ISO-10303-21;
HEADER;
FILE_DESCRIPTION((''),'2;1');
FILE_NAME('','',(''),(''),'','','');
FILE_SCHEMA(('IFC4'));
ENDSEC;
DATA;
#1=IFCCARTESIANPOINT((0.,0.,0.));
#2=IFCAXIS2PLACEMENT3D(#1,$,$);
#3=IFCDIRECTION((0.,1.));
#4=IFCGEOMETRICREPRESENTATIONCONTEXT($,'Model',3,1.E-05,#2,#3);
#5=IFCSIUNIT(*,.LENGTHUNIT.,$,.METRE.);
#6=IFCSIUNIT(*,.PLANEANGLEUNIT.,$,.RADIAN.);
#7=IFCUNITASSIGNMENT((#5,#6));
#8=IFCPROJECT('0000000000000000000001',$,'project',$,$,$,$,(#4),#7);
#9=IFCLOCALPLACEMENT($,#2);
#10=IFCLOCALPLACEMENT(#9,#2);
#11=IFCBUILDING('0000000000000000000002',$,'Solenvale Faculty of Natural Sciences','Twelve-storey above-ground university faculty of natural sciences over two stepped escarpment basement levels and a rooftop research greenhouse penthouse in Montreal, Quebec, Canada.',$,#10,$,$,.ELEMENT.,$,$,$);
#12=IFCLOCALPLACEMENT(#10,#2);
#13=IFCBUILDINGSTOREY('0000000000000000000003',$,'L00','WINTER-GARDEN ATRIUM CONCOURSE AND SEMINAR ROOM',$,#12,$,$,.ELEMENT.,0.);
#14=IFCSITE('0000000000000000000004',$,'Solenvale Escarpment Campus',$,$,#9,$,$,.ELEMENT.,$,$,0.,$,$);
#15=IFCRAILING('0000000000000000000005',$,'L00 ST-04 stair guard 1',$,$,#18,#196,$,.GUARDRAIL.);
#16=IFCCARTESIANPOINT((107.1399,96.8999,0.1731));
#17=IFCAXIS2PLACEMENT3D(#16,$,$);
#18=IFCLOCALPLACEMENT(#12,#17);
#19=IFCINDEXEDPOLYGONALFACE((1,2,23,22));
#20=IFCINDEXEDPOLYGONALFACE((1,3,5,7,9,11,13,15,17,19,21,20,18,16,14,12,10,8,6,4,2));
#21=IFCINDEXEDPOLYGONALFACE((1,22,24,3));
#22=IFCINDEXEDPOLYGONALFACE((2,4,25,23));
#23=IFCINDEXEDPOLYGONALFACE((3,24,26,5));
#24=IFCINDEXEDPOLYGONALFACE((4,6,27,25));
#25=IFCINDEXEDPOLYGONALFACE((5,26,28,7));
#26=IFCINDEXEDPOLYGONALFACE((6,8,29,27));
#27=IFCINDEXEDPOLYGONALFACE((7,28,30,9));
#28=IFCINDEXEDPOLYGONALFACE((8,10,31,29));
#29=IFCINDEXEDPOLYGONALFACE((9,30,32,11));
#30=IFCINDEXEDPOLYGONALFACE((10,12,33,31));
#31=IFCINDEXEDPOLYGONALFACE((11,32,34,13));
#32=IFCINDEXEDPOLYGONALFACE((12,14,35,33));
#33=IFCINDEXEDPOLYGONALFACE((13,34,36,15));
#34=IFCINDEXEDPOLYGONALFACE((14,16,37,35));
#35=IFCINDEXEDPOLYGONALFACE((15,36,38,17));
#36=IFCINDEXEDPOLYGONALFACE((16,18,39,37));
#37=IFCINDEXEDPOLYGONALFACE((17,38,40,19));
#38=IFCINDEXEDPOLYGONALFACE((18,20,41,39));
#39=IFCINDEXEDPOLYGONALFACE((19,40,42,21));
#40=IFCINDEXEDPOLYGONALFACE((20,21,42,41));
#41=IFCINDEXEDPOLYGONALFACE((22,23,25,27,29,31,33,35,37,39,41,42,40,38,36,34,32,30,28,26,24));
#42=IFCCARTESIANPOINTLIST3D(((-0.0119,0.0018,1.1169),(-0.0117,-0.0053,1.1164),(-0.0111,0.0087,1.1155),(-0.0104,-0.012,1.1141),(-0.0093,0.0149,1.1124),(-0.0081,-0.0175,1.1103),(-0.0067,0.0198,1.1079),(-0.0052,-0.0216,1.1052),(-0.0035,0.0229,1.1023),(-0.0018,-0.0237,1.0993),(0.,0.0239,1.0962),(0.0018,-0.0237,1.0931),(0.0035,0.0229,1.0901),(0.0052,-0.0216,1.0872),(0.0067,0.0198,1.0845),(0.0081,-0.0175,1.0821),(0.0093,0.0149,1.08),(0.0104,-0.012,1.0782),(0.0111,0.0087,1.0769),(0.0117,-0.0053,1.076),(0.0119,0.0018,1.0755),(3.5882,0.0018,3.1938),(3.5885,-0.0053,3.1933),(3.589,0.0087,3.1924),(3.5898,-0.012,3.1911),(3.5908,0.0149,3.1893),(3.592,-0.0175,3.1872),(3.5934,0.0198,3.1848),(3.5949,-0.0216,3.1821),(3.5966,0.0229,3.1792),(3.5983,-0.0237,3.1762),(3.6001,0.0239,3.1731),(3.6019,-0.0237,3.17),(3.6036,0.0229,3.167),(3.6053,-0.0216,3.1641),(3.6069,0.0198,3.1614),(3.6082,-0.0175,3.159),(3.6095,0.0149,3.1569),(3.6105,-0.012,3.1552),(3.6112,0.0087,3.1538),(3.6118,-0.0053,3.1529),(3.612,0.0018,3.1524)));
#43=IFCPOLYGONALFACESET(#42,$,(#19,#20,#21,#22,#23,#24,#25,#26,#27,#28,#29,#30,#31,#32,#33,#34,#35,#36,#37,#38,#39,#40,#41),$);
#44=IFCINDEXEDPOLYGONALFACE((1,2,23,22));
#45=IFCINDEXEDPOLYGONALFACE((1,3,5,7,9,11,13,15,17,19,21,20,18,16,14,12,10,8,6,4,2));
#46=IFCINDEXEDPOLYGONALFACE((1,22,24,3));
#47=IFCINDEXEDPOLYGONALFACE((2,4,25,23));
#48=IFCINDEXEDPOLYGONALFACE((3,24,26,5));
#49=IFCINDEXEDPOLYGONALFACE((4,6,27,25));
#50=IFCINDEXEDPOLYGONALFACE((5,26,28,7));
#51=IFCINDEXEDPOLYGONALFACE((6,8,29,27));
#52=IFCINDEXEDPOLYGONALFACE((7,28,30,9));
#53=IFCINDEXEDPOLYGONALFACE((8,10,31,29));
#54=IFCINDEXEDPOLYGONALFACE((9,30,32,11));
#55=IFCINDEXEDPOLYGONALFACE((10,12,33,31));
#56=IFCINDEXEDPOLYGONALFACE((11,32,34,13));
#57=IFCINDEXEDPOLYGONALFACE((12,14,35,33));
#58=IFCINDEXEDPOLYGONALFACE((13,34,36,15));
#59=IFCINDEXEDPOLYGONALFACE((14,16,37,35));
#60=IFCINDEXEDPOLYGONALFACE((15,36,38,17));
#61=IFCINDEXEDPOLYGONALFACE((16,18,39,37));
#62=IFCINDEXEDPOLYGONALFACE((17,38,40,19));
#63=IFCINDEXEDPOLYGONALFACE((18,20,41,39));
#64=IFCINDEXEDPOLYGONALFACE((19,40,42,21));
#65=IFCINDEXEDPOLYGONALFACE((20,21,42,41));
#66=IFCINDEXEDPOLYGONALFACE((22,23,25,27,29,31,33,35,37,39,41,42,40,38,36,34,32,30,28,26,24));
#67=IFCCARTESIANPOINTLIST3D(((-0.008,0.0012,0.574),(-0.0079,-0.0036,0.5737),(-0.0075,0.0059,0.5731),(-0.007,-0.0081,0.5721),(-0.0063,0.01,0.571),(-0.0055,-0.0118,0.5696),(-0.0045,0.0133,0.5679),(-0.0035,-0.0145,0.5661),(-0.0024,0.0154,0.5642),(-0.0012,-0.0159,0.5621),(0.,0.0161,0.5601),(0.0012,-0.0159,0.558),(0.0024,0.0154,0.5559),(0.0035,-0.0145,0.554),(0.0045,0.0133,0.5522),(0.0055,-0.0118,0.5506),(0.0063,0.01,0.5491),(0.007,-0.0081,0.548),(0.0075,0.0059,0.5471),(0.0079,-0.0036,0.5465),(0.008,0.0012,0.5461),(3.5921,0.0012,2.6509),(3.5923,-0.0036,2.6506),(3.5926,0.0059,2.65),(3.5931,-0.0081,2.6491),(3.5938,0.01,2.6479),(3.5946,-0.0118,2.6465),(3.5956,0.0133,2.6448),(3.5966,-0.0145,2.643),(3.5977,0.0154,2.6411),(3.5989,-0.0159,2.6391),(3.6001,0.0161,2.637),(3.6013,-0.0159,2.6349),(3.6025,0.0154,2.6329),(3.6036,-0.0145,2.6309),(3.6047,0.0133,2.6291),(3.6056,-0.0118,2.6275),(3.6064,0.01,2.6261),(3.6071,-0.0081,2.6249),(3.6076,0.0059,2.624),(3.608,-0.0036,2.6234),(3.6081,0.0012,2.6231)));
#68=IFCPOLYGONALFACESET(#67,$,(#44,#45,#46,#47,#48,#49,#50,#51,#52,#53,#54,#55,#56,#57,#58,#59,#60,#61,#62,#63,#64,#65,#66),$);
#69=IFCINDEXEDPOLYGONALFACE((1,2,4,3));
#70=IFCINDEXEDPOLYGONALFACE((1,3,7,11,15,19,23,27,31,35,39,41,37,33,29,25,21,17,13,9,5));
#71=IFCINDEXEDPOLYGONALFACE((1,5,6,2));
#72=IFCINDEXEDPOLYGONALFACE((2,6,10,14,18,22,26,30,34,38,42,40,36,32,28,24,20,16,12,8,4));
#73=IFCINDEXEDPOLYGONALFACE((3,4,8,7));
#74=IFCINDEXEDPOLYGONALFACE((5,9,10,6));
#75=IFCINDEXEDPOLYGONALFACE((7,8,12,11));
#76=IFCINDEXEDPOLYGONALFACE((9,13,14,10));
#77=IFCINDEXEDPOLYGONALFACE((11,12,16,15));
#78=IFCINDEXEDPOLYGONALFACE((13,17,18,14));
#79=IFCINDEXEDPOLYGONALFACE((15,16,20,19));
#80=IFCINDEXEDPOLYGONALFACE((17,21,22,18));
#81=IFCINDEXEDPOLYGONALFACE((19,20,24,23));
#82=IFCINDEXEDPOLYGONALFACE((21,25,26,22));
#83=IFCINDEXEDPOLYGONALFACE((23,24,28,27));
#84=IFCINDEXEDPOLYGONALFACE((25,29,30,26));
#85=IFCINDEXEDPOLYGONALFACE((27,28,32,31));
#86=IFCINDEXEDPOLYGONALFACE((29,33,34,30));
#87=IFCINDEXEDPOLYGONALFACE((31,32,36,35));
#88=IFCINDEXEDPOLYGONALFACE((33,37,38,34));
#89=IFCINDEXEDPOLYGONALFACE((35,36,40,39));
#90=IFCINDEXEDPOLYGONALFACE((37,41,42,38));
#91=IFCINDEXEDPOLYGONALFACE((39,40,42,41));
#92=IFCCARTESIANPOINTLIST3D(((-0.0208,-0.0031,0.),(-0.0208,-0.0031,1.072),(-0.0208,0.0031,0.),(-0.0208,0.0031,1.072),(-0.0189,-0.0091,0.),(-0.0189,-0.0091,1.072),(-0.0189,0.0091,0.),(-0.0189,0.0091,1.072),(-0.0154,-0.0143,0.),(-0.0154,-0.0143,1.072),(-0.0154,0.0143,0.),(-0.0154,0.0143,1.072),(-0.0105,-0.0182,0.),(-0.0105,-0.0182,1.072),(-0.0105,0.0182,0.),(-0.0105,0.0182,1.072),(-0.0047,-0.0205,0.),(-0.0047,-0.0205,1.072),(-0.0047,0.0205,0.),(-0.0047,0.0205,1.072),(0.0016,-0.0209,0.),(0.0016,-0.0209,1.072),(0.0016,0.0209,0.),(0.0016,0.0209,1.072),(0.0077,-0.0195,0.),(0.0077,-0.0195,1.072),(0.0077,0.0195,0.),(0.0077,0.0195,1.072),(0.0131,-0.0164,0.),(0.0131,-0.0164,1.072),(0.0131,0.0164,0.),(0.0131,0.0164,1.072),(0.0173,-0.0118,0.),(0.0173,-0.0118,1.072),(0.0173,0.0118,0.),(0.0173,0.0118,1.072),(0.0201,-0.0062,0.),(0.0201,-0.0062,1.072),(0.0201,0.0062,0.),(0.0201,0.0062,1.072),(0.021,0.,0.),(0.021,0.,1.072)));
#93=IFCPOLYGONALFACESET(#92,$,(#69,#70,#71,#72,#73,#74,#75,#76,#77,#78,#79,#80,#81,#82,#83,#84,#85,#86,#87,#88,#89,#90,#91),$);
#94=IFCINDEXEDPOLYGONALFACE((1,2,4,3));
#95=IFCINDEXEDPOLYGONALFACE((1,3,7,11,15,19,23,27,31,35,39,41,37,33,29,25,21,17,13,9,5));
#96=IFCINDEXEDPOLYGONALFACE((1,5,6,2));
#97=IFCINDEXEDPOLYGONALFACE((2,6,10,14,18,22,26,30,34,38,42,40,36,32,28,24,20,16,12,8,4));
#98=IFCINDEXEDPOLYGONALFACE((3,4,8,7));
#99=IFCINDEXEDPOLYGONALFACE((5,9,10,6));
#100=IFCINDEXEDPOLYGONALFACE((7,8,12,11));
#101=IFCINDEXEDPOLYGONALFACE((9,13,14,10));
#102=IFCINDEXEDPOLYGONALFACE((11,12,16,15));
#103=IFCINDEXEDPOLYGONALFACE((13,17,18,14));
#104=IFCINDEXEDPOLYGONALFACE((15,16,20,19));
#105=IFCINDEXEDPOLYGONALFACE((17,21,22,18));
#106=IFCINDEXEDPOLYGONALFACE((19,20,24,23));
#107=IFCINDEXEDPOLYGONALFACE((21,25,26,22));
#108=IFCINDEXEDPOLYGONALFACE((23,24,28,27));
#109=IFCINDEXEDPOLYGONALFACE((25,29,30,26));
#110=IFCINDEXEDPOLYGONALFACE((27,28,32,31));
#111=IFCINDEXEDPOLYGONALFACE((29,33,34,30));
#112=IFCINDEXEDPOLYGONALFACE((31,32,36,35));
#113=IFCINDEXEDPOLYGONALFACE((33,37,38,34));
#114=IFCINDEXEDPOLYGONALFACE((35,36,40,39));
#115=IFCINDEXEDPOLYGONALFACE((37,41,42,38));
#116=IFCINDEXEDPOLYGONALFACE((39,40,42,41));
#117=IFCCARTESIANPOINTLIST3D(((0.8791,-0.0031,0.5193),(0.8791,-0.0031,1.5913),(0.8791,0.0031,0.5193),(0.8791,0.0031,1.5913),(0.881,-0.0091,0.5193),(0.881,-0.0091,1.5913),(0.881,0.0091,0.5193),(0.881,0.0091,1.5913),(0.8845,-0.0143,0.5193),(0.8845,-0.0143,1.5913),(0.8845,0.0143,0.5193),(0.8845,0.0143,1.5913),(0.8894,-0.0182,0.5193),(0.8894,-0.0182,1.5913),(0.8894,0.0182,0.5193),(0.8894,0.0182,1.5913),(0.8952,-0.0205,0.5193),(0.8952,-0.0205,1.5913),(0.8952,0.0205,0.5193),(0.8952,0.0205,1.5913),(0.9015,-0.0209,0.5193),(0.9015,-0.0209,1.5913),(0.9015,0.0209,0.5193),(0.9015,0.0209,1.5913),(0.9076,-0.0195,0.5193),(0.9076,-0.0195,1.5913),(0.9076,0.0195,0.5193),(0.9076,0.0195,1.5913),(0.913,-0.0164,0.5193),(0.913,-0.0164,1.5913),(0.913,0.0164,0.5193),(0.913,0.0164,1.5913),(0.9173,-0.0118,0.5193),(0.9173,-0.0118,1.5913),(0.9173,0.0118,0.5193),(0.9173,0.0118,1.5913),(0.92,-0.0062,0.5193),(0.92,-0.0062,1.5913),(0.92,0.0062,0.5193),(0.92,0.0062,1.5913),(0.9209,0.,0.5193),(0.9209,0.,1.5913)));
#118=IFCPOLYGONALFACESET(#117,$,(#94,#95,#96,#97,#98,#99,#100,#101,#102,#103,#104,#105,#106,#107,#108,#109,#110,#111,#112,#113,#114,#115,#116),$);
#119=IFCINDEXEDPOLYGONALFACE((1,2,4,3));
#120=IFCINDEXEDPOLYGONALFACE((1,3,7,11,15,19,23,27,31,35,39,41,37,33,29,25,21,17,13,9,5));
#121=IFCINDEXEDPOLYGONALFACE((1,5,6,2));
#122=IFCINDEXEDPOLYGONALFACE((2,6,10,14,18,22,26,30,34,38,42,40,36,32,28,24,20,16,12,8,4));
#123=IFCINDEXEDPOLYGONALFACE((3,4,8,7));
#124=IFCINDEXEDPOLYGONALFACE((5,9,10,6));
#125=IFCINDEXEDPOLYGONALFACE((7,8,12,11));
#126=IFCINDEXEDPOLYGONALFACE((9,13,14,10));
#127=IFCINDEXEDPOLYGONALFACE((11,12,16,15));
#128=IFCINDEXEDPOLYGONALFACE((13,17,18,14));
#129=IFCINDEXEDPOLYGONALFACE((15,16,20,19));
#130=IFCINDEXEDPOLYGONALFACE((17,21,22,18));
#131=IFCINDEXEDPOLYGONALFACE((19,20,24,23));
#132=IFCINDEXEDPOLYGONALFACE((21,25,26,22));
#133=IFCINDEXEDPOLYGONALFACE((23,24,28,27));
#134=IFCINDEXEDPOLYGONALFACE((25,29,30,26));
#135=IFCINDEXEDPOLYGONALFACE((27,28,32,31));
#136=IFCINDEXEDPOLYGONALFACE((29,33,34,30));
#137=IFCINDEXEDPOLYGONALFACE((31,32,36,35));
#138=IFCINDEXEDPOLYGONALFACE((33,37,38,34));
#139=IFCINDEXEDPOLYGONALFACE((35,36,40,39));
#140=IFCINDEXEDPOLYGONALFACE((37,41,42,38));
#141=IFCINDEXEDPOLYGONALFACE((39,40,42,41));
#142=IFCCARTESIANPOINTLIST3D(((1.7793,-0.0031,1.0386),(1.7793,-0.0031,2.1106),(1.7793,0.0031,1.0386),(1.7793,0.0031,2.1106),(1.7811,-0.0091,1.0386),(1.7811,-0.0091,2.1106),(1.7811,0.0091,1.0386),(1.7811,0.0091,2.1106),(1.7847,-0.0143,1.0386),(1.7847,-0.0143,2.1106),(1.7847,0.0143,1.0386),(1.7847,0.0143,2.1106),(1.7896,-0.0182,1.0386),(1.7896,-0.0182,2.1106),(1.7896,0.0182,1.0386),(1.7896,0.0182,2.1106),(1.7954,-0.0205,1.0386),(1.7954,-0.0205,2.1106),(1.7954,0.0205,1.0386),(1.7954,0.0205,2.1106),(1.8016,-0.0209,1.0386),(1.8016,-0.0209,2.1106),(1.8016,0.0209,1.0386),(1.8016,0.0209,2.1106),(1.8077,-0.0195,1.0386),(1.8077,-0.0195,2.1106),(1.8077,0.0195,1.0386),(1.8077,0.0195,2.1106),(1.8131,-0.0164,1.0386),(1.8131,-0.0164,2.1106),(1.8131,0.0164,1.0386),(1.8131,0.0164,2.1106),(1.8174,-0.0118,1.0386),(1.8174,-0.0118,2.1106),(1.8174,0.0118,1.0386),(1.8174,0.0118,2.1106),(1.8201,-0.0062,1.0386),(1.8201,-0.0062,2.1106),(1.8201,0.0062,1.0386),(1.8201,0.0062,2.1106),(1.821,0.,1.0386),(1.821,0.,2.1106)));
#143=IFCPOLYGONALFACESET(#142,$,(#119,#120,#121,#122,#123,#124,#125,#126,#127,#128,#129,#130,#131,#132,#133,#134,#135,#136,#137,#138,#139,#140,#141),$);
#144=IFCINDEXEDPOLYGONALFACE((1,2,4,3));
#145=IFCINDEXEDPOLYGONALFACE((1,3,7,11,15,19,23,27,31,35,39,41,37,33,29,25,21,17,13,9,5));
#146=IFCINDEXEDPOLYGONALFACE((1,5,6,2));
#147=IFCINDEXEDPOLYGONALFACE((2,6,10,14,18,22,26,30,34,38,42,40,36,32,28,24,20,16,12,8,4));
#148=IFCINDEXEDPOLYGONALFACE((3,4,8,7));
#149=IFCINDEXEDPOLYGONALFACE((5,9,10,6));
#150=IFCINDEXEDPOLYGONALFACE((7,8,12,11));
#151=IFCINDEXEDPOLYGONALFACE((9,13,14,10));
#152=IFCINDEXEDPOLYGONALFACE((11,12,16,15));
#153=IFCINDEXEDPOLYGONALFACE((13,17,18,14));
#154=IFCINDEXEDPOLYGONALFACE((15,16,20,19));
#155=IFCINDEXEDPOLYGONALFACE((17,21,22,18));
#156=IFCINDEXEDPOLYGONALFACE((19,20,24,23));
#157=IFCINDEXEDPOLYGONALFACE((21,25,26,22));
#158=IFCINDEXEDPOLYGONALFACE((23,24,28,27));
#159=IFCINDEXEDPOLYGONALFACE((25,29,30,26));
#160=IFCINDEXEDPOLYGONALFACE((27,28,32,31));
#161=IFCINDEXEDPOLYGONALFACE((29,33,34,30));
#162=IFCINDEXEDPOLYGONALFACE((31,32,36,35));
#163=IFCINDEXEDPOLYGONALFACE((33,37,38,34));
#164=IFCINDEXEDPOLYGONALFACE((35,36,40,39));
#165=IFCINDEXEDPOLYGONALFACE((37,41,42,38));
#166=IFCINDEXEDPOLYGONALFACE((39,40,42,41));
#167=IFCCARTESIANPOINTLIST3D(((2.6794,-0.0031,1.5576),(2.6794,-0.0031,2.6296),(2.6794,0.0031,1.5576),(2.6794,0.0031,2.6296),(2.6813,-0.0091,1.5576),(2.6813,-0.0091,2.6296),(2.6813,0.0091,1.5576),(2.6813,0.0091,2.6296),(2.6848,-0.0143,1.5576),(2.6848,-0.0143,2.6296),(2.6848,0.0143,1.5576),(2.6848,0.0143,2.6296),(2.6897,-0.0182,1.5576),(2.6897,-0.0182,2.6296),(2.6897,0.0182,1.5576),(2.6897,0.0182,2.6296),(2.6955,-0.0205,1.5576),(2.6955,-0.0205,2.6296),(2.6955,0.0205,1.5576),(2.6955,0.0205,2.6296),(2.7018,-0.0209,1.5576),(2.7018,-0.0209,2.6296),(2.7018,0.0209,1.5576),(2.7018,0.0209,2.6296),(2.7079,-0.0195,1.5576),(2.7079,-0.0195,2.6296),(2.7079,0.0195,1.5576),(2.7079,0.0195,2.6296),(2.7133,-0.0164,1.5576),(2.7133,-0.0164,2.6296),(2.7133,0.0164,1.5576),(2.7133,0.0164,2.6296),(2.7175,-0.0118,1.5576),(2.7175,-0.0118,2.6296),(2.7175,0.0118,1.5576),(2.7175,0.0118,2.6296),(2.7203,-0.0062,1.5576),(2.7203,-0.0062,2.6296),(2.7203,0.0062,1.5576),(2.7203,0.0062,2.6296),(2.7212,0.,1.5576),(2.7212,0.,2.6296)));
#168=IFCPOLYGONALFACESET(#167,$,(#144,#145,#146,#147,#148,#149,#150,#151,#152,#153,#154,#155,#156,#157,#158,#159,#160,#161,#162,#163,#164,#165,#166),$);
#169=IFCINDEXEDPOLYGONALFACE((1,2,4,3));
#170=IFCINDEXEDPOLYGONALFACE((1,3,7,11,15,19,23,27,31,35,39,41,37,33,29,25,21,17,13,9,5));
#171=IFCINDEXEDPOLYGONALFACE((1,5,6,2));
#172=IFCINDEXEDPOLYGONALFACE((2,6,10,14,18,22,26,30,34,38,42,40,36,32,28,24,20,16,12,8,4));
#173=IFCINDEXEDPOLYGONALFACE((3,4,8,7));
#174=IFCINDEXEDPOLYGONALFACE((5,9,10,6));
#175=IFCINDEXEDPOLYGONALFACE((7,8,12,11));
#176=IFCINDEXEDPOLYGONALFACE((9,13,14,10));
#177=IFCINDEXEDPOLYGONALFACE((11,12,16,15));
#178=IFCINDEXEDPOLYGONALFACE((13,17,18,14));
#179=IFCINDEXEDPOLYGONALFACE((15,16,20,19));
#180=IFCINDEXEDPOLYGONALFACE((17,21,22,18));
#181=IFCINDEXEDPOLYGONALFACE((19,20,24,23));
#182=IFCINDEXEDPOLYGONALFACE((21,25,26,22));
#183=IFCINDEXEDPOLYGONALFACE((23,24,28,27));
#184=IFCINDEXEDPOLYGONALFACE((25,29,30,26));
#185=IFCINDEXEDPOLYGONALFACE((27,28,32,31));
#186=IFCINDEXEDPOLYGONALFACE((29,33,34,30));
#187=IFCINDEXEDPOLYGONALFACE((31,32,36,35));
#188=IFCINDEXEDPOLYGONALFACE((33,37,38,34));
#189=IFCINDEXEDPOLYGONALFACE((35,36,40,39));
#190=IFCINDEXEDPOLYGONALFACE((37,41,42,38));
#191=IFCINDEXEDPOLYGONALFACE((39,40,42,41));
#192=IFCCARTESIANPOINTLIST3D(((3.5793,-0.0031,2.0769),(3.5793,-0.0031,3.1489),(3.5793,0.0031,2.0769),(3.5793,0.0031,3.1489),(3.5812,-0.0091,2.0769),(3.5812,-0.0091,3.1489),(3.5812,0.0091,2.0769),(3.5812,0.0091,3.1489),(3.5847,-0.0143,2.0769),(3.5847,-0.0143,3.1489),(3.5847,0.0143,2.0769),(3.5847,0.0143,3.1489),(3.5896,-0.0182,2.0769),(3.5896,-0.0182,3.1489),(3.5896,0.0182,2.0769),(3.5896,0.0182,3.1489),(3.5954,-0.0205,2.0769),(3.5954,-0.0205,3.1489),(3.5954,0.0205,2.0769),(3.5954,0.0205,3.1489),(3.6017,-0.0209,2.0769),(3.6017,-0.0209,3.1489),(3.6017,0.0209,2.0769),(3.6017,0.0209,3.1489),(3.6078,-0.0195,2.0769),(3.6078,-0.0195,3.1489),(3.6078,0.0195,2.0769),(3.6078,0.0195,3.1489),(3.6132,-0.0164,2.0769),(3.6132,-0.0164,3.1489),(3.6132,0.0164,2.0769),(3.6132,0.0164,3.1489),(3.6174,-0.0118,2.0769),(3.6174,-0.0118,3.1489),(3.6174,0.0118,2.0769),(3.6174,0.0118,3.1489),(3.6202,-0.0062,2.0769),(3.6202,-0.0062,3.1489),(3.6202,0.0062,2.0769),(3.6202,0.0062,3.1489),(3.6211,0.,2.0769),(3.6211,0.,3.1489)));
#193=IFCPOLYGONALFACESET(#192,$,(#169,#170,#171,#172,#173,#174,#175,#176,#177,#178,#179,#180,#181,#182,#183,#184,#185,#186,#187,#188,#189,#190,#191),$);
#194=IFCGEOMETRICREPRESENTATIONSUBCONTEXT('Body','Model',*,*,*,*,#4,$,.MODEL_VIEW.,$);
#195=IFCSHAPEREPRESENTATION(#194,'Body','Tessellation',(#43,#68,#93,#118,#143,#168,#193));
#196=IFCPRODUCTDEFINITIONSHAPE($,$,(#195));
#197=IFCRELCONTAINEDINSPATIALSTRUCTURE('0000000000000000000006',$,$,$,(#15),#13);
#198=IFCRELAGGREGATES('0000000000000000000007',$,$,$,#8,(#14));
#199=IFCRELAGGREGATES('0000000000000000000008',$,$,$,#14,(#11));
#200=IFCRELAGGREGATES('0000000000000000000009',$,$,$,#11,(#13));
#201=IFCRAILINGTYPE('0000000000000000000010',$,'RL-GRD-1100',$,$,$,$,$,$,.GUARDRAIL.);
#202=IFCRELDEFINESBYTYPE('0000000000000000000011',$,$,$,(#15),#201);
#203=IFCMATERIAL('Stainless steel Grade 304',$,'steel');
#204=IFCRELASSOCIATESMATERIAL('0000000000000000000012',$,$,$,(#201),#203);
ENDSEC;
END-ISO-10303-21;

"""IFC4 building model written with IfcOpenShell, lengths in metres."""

from ifc_helpers import new_model, si_unit, direction, frame, origin, origin_2d, place, context, subcontext, project, spatial, circle, extrude, material, type_object, element, save


model = new_model("IFC4")

# Units and contexts
model_context = context("Model", 3, precision=1e-05, world=origin(), true_north=direction((0.0, 1.0)))
body_context = subcontext(model_context, "Body", "Model", "MODEL_VIEW")
ifc_project = project(units=[si_unit("LENGTHUNIT", "METRE"), si_unit("PLANEANGLEUNIT", "RADIAN")], contexts=[model_context])

# Site, building, storey
site_placement = place(None, origin())
site = spatial("IfcSite", under=ifc_project, at=site_placement, Name="Solenvale Escarpment Campus", CompositionType="ELEMENT", RefElevation=0.0)
building_placement = place(site_placement, origin())
building = spatial("IfcBuilding", under=site, at=building_placement, Name="Solenvale Faculty of Natural Sciences", Description="Twelve-storey above-ground university faculty of natural sciences over two stepped escarpment basement levels and a rooftop research greenhouse penthouse in Montreal, Quebec, Canada.", CompositionType="ELEMENT")
storey_placement = place(building_placement, origin())
storey = spatial("IfcBuildingStorey", under=building, at=storey_placement, Name="L00", Description="WINTER-GARDEN ATRIUM CONCOURSE AND SEMINAR ROOM", CompositionType="ELEMENT", Elevation=0.0)

# Shared definitions
ifc_material_1 = material(Name="Stainless steel Grade 304", Category="steel")

# Railing
railing_type_1 = type_object("IfcRailingType", Name="RL-GRD-1100", PredefinedType="GUARDRAIL", material=ifc_material_1)
railing_1_placement = place(storey_placement, frame((107.1399, 96.8999, 0.1731)))
element("IfcRailing", 1, at=railing_1_placement, inside=storey, type_object=railing_type_1, Name="L00 ST-04 stair guard 1", PredefinedType="GUARDRAIL", context=body_context, shape_type="SweptSolid", body=[
    extrude(circle(Radius=0.0239, at=origin_2d()), frame((0.0, 0.0, 1.0962), z_axis=(0.866193, 0.0, 0.499709), x_axis=(0.0, 1.0, 0.0)), (0.0, 0.0, 1.0), 4.1562),
    extrude(circle(Radius=0.0161, at=origin_2d()), frame((0.0, 0.0, 0.5601), z_axis=(0.866193, 0.0, 0.499709), x_axis=(0.0, 1.0, 0.0)), (0.0, 0.0, 1.0), 4.1562),
    extrude(circle(Radius=0.021, at=origin_2d()), origin(), (0.0, 0.0, 1.0), 1.072),
    extrude(circle(Radius=0.021, at=origin_2d()), frame((0.8999, 0.0, 0.5193)), (0.0, 0.0, 1.0), 1.072),
    extrude(circle(Radius=0.021, at=origin_2d()), frame((1.8, 0.0, 1.0386)), (0.0, 0.0, 1.0), 1.072),
    extrude(circle(Radius=0.021, at=origin_2d()), frame((2.7002, 0.0, 1.5576)), (0.0, 0.0, 1.0), 1.072),
    extrude(circle(Radius=0.021, at=origin_2d()), frame((3.6001, 0.0, 2.0769)), (0.0, 0.0, 1.0), 1.072),
])

save(model, "model.ifc")
